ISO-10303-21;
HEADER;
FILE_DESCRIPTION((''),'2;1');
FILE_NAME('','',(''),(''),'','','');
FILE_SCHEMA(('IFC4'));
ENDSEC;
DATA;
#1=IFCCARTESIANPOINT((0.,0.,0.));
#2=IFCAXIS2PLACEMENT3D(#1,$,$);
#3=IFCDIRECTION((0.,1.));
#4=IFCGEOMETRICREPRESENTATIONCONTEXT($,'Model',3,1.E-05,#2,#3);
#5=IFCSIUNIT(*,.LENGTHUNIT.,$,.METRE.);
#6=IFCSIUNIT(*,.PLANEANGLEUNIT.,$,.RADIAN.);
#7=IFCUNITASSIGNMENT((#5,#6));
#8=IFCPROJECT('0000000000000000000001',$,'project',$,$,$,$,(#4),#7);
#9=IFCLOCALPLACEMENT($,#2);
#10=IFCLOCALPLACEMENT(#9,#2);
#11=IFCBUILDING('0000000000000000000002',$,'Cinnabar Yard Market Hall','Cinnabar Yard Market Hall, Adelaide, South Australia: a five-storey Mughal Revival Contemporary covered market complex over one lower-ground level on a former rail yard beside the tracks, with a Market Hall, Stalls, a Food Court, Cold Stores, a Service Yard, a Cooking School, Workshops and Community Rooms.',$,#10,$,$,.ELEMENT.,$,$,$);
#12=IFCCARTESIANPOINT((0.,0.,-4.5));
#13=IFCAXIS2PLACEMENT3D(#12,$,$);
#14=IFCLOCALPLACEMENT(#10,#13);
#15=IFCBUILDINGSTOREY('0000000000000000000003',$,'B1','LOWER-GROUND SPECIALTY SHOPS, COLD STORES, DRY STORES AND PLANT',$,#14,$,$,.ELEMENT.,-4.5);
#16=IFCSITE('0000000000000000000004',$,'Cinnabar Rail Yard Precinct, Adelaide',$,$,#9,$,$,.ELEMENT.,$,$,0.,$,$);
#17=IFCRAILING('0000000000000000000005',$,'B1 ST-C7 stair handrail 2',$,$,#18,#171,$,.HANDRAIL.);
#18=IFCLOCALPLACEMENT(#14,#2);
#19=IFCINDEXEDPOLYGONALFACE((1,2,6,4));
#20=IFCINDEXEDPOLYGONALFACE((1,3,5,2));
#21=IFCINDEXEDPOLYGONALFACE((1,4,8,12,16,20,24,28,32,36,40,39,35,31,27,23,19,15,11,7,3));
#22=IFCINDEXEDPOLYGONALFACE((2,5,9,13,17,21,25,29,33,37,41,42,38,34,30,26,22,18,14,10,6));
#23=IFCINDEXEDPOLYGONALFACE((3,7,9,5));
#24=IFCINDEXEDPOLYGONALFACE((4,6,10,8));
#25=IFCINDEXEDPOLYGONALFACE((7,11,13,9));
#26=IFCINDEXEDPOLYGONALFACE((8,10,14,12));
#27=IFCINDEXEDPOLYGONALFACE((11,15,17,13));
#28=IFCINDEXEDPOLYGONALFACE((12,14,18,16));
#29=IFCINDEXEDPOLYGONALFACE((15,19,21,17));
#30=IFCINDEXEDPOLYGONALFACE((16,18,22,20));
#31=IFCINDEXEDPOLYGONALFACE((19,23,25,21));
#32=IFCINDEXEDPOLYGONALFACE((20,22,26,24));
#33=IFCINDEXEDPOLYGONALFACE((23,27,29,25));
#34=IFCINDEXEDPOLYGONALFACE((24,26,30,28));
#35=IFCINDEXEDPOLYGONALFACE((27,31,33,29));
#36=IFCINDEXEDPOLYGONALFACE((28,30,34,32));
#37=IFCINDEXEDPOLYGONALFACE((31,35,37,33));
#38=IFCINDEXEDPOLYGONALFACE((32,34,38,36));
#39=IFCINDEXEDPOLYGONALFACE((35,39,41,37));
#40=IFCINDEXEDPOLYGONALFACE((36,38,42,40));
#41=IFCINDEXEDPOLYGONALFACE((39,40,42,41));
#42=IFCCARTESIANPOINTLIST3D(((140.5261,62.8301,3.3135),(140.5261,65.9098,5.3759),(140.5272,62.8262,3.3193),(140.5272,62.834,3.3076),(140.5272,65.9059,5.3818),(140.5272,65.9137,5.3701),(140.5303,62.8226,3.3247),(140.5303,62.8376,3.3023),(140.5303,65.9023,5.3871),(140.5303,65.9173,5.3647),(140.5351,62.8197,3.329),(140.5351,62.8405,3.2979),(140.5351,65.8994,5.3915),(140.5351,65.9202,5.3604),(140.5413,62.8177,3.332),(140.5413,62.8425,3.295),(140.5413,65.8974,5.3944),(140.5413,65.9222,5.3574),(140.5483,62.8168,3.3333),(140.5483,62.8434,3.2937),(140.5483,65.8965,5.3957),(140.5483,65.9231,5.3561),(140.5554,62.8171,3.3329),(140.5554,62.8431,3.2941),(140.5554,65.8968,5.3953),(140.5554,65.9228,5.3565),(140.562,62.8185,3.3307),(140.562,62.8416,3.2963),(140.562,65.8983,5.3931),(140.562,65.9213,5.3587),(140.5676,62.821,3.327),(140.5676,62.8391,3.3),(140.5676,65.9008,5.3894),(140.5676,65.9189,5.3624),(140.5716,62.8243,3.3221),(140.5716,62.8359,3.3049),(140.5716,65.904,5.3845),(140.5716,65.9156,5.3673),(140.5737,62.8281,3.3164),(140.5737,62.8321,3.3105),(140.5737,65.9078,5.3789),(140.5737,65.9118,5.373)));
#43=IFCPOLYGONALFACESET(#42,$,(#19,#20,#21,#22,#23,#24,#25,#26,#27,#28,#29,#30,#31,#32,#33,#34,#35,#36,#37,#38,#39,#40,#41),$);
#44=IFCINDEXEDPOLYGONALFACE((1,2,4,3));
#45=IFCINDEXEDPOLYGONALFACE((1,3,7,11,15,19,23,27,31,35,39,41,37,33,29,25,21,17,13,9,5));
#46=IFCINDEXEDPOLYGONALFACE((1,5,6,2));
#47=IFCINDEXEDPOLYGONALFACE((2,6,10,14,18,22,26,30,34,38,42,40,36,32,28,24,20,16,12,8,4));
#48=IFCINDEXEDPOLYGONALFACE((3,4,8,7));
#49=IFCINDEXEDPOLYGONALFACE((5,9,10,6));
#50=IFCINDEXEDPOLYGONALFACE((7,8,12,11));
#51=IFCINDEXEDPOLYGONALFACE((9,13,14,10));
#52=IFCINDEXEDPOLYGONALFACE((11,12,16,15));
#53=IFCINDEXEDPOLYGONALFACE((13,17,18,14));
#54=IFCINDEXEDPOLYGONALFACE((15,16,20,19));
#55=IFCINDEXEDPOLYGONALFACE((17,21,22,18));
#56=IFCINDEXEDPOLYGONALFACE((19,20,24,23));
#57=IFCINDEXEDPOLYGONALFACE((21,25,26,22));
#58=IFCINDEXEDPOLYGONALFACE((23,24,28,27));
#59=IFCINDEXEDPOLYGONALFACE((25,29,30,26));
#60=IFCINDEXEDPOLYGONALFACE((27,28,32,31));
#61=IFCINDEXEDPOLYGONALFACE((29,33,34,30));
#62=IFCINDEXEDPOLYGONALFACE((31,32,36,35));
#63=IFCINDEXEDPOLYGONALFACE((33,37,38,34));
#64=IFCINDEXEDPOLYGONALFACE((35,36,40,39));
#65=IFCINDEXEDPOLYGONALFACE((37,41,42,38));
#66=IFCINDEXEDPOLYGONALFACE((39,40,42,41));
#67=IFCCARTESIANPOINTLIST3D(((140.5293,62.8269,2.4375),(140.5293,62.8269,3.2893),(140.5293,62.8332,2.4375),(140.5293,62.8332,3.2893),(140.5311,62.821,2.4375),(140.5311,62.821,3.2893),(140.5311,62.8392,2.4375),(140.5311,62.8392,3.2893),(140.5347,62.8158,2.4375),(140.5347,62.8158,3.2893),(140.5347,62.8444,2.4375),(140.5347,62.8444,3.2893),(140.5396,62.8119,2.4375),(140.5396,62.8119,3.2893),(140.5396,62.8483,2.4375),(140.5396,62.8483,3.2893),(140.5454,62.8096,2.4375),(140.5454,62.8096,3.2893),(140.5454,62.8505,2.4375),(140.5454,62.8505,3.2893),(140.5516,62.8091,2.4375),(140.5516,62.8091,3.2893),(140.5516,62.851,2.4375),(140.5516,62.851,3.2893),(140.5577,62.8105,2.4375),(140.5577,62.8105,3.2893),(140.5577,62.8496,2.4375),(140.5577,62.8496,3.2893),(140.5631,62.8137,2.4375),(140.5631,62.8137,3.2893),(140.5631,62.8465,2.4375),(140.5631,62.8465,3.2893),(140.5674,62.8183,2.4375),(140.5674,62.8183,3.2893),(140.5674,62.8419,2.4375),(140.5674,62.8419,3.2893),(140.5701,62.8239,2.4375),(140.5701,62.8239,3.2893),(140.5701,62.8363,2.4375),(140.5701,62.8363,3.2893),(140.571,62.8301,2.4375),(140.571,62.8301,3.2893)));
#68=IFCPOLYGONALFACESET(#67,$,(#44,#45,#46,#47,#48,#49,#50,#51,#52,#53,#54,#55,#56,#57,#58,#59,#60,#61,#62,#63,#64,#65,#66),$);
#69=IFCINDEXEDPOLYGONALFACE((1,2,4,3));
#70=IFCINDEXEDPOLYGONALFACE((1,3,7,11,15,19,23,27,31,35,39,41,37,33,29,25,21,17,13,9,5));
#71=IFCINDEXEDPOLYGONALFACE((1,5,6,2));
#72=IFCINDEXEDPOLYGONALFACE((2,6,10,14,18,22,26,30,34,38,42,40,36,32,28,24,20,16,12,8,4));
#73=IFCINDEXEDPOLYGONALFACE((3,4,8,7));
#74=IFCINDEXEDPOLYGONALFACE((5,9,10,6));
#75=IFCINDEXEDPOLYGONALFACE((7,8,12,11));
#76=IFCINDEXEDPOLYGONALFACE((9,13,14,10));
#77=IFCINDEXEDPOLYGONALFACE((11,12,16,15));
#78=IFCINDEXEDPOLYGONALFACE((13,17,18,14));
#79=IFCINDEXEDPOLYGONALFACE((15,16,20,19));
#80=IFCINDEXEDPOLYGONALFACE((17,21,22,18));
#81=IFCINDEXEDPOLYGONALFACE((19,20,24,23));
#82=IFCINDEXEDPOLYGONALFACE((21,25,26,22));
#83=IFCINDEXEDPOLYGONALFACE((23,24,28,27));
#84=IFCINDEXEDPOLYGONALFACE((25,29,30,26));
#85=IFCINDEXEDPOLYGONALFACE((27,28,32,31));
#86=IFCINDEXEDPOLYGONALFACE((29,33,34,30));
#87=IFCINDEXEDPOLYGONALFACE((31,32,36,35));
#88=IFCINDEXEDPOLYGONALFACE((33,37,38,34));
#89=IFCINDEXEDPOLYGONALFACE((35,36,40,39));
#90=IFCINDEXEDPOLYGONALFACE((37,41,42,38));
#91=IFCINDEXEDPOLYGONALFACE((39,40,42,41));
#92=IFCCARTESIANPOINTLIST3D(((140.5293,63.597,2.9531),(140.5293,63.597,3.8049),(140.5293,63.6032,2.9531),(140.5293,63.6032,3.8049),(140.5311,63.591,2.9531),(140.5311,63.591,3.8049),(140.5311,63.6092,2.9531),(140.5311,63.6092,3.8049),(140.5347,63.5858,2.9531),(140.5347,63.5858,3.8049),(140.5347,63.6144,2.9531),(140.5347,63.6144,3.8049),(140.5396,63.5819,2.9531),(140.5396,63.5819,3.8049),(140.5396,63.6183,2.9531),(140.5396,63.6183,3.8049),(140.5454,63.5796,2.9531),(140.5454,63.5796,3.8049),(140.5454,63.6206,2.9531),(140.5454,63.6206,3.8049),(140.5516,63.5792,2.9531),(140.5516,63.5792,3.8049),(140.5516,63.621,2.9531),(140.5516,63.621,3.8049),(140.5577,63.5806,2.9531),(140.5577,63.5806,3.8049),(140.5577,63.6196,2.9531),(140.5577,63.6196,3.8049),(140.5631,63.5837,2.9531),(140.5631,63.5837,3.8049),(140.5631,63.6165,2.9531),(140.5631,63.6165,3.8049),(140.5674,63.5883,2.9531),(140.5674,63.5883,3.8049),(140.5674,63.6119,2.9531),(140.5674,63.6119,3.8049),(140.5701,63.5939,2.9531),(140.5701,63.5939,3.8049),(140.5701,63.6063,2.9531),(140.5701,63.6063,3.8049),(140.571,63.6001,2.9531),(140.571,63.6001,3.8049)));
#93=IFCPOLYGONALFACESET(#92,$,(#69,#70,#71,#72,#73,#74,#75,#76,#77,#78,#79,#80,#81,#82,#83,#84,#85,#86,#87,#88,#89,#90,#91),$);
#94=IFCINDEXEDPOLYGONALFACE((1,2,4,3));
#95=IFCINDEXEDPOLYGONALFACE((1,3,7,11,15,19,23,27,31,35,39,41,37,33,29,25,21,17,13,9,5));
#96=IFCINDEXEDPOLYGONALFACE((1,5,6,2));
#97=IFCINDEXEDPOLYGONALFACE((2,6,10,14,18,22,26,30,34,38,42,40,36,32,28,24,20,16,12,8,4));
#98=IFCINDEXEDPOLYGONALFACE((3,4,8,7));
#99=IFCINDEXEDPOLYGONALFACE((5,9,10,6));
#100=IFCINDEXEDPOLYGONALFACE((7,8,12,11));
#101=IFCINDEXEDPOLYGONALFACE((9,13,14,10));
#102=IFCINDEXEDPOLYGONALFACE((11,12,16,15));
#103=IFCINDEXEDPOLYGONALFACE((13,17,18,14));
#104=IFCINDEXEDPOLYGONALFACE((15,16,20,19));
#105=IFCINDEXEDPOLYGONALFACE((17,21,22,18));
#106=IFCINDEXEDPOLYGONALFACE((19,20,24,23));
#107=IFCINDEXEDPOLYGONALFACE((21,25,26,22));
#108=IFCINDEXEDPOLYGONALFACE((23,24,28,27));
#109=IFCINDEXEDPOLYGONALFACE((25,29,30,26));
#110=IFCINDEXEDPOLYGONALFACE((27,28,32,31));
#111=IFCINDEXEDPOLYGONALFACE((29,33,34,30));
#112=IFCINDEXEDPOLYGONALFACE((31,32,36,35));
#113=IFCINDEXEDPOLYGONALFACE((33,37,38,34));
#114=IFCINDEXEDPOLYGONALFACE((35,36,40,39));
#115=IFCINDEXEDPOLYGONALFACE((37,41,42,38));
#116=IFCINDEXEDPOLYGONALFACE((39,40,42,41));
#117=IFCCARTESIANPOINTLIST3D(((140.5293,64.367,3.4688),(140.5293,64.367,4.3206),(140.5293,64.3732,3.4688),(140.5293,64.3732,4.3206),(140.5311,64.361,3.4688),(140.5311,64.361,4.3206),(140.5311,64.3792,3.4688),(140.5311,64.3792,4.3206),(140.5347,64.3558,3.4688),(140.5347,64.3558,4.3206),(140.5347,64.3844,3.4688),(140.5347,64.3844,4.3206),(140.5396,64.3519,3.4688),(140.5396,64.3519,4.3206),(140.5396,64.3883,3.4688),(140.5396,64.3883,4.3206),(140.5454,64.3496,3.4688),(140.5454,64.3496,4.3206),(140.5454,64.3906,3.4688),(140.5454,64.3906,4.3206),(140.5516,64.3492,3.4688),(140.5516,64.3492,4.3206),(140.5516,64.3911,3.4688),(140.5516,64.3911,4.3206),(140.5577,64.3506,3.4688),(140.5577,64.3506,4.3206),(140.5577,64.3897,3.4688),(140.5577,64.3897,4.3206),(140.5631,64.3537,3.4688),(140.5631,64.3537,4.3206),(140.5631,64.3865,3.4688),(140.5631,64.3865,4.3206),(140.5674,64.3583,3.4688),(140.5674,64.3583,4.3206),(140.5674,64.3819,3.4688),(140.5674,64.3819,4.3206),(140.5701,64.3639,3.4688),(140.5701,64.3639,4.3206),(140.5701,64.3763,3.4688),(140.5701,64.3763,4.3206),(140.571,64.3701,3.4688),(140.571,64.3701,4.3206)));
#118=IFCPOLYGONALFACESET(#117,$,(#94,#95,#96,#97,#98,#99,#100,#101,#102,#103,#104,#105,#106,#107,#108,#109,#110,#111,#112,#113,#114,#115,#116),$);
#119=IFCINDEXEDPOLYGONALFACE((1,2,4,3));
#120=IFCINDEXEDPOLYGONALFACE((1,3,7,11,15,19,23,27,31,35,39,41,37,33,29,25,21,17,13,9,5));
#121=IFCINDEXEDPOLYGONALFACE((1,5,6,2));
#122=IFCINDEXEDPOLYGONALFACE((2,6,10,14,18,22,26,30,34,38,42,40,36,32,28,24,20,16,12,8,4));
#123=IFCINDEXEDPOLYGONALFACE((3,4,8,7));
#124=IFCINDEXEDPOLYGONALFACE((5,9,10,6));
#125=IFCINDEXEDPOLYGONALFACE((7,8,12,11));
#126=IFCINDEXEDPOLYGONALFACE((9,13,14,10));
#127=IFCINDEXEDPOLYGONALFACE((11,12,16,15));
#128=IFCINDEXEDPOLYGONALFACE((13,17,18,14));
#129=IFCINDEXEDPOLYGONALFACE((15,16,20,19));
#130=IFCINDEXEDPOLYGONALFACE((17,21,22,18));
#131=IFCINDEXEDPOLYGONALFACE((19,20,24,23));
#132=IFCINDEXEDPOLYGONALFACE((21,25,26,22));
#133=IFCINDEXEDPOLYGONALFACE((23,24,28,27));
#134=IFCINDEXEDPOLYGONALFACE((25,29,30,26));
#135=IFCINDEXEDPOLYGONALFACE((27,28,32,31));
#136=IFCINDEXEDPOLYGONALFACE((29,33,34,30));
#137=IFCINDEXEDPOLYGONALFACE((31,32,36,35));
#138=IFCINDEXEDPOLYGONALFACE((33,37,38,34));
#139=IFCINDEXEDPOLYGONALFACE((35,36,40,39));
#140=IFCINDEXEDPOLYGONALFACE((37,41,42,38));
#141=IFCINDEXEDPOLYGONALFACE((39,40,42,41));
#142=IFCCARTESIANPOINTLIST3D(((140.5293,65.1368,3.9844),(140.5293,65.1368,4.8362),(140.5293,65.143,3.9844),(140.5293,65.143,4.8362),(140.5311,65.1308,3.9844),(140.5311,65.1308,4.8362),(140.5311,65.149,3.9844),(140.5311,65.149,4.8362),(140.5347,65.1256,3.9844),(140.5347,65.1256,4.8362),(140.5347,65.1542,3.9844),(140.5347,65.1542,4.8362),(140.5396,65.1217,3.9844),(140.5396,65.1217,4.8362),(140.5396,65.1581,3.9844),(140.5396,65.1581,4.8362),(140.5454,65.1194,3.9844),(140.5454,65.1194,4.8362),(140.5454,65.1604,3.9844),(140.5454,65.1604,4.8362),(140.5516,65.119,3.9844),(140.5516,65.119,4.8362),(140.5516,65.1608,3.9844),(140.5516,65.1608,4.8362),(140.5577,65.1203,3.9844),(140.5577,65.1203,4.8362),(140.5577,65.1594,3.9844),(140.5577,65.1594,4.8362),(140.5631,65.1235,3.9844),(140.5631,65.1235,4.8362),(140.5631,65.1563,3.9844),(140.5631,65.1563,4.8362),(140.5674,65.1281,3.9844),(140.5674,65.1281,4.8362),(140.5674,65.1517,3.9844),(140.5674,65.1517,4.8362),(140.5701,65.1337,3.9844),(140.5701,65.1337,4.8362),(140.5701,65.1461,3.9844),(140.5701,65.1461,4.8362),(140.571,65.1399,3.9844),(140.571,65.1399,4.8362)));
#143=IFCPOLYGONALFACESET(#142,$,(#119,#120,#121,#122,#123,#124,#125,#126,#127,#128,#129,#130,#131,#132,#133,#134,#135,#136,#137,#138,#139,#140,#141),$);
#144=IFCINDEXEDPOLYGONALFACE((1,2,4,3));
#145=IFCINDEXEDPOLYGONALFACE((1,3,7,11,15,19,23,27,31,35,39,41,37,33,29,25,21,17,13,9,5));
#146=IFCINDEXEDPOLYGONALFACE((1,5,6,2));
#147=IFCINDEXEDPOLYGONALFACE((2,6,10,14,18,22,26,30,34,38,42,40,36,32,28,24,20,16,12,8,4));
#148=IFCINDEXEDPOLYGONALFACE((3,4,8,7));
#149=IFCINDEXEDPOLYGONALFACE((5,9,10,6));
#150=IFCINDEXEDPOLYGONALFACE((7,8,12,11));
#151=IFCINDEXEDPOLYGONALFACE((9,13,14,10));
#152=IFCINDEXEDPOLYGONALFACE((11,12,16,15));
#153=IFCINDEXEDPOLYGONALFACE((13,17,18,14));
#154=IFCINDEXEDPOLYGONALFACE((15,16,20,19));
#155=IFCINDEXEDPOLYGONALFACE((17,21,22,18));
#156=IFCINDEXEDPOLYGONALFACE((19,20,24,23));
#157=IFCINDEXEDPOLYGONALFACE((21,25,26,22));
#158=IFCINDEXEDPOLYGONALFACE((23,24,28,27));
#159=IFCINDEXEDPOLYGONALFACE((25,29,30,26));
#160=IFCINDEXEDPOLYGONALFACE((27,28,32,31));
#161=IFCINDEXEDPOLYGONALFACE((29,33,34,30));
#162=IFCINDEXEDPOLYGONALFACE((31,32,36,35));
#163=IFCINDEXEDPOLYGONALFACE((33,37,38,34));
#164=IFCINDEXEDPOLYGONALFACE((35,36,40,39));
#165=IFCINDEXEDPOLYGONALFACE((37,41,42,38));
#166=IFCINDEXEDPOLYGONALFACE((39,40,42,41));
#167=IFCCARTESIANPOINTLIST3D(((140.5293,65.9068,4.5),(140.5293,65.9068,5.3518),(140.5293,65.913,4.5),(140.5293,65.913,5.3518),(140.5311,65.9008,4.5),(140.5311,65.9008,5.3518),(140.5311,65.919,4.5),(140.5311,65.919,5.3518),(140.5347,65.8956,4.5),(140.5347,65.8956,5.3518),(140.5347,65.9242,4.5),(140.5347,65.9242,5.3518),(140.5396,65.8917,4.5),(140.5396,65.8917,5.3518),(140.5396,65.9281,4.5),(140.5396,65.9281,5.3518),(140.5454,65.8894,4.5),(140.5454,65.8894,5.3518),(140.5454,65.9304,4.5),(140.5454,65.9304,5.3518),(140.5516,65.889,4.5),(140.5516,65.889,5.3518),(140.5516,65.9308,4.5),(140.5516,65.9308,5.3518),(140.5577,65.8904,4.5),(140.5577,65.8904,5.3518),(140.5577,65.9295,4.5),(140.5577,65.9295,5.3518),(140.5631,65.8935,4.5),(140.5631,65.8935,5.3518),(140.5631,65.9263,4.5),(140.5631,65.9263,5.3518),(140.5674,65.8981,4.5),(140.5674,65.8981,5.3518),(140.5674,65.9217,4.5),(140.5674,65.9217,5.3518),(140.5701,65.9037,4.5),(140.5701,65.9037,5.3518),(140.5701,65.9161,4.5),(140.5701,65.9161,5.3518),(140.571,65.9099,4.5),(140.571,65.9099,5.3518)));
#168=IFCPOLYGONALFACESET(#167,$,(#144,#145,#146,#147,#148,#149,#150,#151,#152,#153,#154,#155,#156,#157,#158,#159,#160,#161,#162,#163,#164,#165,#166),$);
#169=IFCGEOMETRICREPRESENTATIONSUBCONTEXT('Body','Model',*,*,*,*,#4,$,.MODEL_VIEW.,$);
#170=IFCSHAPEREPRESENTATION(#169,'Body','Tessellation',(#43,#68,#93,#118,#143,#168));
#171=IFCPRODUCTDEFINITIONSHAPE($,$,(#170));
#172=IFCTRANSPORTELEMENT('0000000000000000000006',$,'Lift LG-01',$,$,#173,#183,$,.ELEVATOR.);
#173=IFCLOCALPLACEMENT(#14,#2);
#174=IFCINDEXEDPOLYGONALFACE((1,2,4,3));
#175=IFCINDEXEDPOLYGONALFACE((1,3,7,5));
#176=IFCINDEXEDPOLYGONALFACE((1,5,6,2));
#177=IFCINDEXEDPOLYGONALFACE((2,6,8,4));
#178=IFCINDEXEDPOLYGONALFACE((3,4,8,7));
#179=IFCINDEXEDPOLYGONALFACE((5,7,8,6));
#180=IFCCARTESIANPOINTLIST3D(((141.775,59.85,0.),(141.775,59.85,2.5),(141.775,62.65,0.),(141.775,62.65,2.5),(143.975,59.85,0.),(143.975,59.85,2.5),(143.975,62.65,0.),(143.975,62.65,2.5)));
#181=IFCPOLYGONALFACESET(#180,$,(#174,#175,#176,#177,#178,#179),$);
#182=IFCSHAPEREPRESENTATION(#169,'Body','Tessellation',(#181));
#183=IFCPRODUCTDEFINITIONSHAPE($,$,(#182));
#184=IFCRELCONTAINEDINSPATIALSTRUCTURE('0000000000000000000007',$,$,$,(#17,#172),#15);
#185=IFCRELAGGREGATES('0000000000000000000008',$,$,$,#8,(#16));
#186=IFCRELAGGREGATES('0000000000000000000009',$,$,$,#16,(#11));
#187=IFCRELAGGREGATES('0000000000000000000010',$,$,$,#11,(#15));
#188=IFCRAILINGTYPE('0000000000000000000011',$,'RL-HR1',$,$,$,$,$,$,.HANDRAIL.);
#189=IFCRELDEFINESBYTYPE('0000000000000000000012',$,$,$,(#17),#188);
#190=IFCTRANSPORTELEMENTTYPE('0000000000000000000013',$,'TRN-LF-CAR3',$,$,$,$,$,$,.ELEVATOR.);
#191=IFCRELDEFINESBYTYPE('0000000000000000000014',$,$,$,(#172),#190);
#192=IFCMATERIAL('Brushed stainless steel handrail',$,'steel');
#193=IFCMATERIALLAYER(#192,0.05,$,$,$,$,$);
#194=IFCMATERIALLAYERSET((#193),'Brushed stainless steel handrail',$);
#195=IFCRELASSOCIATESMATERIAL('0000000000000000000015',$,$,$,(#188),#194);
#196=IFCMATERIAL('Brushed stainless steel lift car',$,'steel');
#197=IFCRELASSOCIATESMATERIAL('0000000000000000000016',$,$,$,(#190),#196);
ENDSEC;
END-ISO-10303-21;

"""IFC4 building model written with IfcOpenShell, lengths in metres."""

from ifc_helpers import new_model, si_unit, direction, frame, origin, origin_2d_with_axis, place, context, subcontext, project, spatial, rectangle, circle, extrude, material, layer, layer_set, type_object, element, save


model = new_model("IFC4")

# Units and contexts
model_context = context("Model", 3, precision=1e-05, world=origin(), true_north=direction((0.0, 1.0)))
body_context = subcontext(model_context, "Body", "Model", "MODEL_VIEW")
ifc_project = project(units=[si_unit("LENGTHUNIT", "METRE"), si_unit("PLANEANGLEUNIT", "RADIAN")], contexts=[model_context])

# Site, building, storey
site_placement = place(None, origin())
site = spatial("IfcSite", under=ifc_project, at=site_placement, Name="Cinnabar Rail Yard Precinct, Adelaide", CompositionType="ELEMENT", RefElevation=0.0)
building_placement = place(site_placement, origin())
building = spatial("IfcBuilding", under=site, at=building_placement, Name="Cinnabar Yard Market Hall", Description="Cinnabar Yard Market Hall, Adelaide, South Australia: a five-storey Mughal Revival Contemporary covered market complex over one lower-ground level on a former rail yard beside the tracks, with a Market Hall, Stalls, a Food Court, Cold Stores, a Service Yard, a Cooking School, Workshops and Community Rooms.", CompositionType="ELEMENT")
storey_placement = place(building_placement, frame((0.0, 0.0, -4.5)))
storey = spatial("IfcBuildingStorey", under=building, at=storey_placement, Name="B1", Description="LOWER-GROUND SPECIALTY SHOPS, COLD STORES, DRY STORES AND PLANT", CompositionType="ELEMENT", Elevation=-4.5)

# Railing
ifc_material_1 = material(Name="Brushed stainless steel handrail", Category="steel")
ifc_layer_1 = layer(ifc_material_1, 0.05)
ifc_layer_set_1 = layer_set([ifc_layer_1], Name="Brushed stainless steel handrail")
railing_type_1 = type_object("IfcRailingType", Name="RL-HR1", PredefinedType="HANDRAIL", material=ifc_layer_set_1)
railing_1_placement = place(storey_placement, frame((140.55, 62.8301, 2.4375)))
element("IfcRailing", 1, at=railing_1_placement, inside=storey, type_object=railing_type_1, Name="B1 ST-C7 stair handrail 2", PredefinedType="HANDRAIL", context=body_context, shape_type="SweptSolid", body=[
    extrude(circle(Radius=0.0239, at=origin_2d_with_axis()), frame((0.0, 0.0, 0.876), z_axis=(0.0, 0.830893, 0.556432), x_axis=(-1.0, 0.0, 0.0)), (0.0, 0.0, 1.0), 3.7065),
    extrude(circle(Radius=0.021, at=origin_2d_with_axis()), origin(), (0.0, 0.0, 1.0), 0.8518),
    extrude(circle(Radius=0.021, at=origin_2d_with_axis()), frame((0.0, 0.77, 0.5156)), (0.0, 0.0, 1.0), 0.8518),
    extrude(circle(Radius=0.021, at=origin_2d_with_axis()), frame((0.0, 1.54, 1.0312)), (0.0, 0.0, 1.0), 0.8518),
    extrude(circle(Radius=0.021, at=origin_2d_with_axis()), frame((0.0, 2.3098, 1.5469)), (0.0, 0.0, 1.0), 0.8518),
    extrude(circle(Radius=0.021, at=origin_2d_with_axis()), frame((0.0, 3.0798, 2.0625)), (0.0, 0.0, 1.0), 0.8518),
])

# Transport element
ifc_material_2 = material(Name="Brushed stainless steel lift car", Category="steel")
transport_element_type = type_object("IfcTransportElementType", Name="TRN-LF-CAR3", PredefinedType="ELEVATOR", material=ifc_material_2)
transport_element_placement = place(storey_placement, frame((142.875, 61.25, 0.0), z_axis=(0.0, 0.0, 1.0), x_axis=(1.0, 0.0, 0.0)))
element("IfcTransportElement", 2, at=transport_element_placement, inside=storey, type_object=transport_element_type, Name="Lift LG-01", PredefinedType="ELEVATOR", context=body_context, shape_type="SweptSolid", body=[
    extrude(rectangle(XDim=2.2, YDim=2.8, at=origin_2d_with_axis()), origin(), (0.0, 0.0, 1.0), 2.5),
])

save(model, "model.ifc")
